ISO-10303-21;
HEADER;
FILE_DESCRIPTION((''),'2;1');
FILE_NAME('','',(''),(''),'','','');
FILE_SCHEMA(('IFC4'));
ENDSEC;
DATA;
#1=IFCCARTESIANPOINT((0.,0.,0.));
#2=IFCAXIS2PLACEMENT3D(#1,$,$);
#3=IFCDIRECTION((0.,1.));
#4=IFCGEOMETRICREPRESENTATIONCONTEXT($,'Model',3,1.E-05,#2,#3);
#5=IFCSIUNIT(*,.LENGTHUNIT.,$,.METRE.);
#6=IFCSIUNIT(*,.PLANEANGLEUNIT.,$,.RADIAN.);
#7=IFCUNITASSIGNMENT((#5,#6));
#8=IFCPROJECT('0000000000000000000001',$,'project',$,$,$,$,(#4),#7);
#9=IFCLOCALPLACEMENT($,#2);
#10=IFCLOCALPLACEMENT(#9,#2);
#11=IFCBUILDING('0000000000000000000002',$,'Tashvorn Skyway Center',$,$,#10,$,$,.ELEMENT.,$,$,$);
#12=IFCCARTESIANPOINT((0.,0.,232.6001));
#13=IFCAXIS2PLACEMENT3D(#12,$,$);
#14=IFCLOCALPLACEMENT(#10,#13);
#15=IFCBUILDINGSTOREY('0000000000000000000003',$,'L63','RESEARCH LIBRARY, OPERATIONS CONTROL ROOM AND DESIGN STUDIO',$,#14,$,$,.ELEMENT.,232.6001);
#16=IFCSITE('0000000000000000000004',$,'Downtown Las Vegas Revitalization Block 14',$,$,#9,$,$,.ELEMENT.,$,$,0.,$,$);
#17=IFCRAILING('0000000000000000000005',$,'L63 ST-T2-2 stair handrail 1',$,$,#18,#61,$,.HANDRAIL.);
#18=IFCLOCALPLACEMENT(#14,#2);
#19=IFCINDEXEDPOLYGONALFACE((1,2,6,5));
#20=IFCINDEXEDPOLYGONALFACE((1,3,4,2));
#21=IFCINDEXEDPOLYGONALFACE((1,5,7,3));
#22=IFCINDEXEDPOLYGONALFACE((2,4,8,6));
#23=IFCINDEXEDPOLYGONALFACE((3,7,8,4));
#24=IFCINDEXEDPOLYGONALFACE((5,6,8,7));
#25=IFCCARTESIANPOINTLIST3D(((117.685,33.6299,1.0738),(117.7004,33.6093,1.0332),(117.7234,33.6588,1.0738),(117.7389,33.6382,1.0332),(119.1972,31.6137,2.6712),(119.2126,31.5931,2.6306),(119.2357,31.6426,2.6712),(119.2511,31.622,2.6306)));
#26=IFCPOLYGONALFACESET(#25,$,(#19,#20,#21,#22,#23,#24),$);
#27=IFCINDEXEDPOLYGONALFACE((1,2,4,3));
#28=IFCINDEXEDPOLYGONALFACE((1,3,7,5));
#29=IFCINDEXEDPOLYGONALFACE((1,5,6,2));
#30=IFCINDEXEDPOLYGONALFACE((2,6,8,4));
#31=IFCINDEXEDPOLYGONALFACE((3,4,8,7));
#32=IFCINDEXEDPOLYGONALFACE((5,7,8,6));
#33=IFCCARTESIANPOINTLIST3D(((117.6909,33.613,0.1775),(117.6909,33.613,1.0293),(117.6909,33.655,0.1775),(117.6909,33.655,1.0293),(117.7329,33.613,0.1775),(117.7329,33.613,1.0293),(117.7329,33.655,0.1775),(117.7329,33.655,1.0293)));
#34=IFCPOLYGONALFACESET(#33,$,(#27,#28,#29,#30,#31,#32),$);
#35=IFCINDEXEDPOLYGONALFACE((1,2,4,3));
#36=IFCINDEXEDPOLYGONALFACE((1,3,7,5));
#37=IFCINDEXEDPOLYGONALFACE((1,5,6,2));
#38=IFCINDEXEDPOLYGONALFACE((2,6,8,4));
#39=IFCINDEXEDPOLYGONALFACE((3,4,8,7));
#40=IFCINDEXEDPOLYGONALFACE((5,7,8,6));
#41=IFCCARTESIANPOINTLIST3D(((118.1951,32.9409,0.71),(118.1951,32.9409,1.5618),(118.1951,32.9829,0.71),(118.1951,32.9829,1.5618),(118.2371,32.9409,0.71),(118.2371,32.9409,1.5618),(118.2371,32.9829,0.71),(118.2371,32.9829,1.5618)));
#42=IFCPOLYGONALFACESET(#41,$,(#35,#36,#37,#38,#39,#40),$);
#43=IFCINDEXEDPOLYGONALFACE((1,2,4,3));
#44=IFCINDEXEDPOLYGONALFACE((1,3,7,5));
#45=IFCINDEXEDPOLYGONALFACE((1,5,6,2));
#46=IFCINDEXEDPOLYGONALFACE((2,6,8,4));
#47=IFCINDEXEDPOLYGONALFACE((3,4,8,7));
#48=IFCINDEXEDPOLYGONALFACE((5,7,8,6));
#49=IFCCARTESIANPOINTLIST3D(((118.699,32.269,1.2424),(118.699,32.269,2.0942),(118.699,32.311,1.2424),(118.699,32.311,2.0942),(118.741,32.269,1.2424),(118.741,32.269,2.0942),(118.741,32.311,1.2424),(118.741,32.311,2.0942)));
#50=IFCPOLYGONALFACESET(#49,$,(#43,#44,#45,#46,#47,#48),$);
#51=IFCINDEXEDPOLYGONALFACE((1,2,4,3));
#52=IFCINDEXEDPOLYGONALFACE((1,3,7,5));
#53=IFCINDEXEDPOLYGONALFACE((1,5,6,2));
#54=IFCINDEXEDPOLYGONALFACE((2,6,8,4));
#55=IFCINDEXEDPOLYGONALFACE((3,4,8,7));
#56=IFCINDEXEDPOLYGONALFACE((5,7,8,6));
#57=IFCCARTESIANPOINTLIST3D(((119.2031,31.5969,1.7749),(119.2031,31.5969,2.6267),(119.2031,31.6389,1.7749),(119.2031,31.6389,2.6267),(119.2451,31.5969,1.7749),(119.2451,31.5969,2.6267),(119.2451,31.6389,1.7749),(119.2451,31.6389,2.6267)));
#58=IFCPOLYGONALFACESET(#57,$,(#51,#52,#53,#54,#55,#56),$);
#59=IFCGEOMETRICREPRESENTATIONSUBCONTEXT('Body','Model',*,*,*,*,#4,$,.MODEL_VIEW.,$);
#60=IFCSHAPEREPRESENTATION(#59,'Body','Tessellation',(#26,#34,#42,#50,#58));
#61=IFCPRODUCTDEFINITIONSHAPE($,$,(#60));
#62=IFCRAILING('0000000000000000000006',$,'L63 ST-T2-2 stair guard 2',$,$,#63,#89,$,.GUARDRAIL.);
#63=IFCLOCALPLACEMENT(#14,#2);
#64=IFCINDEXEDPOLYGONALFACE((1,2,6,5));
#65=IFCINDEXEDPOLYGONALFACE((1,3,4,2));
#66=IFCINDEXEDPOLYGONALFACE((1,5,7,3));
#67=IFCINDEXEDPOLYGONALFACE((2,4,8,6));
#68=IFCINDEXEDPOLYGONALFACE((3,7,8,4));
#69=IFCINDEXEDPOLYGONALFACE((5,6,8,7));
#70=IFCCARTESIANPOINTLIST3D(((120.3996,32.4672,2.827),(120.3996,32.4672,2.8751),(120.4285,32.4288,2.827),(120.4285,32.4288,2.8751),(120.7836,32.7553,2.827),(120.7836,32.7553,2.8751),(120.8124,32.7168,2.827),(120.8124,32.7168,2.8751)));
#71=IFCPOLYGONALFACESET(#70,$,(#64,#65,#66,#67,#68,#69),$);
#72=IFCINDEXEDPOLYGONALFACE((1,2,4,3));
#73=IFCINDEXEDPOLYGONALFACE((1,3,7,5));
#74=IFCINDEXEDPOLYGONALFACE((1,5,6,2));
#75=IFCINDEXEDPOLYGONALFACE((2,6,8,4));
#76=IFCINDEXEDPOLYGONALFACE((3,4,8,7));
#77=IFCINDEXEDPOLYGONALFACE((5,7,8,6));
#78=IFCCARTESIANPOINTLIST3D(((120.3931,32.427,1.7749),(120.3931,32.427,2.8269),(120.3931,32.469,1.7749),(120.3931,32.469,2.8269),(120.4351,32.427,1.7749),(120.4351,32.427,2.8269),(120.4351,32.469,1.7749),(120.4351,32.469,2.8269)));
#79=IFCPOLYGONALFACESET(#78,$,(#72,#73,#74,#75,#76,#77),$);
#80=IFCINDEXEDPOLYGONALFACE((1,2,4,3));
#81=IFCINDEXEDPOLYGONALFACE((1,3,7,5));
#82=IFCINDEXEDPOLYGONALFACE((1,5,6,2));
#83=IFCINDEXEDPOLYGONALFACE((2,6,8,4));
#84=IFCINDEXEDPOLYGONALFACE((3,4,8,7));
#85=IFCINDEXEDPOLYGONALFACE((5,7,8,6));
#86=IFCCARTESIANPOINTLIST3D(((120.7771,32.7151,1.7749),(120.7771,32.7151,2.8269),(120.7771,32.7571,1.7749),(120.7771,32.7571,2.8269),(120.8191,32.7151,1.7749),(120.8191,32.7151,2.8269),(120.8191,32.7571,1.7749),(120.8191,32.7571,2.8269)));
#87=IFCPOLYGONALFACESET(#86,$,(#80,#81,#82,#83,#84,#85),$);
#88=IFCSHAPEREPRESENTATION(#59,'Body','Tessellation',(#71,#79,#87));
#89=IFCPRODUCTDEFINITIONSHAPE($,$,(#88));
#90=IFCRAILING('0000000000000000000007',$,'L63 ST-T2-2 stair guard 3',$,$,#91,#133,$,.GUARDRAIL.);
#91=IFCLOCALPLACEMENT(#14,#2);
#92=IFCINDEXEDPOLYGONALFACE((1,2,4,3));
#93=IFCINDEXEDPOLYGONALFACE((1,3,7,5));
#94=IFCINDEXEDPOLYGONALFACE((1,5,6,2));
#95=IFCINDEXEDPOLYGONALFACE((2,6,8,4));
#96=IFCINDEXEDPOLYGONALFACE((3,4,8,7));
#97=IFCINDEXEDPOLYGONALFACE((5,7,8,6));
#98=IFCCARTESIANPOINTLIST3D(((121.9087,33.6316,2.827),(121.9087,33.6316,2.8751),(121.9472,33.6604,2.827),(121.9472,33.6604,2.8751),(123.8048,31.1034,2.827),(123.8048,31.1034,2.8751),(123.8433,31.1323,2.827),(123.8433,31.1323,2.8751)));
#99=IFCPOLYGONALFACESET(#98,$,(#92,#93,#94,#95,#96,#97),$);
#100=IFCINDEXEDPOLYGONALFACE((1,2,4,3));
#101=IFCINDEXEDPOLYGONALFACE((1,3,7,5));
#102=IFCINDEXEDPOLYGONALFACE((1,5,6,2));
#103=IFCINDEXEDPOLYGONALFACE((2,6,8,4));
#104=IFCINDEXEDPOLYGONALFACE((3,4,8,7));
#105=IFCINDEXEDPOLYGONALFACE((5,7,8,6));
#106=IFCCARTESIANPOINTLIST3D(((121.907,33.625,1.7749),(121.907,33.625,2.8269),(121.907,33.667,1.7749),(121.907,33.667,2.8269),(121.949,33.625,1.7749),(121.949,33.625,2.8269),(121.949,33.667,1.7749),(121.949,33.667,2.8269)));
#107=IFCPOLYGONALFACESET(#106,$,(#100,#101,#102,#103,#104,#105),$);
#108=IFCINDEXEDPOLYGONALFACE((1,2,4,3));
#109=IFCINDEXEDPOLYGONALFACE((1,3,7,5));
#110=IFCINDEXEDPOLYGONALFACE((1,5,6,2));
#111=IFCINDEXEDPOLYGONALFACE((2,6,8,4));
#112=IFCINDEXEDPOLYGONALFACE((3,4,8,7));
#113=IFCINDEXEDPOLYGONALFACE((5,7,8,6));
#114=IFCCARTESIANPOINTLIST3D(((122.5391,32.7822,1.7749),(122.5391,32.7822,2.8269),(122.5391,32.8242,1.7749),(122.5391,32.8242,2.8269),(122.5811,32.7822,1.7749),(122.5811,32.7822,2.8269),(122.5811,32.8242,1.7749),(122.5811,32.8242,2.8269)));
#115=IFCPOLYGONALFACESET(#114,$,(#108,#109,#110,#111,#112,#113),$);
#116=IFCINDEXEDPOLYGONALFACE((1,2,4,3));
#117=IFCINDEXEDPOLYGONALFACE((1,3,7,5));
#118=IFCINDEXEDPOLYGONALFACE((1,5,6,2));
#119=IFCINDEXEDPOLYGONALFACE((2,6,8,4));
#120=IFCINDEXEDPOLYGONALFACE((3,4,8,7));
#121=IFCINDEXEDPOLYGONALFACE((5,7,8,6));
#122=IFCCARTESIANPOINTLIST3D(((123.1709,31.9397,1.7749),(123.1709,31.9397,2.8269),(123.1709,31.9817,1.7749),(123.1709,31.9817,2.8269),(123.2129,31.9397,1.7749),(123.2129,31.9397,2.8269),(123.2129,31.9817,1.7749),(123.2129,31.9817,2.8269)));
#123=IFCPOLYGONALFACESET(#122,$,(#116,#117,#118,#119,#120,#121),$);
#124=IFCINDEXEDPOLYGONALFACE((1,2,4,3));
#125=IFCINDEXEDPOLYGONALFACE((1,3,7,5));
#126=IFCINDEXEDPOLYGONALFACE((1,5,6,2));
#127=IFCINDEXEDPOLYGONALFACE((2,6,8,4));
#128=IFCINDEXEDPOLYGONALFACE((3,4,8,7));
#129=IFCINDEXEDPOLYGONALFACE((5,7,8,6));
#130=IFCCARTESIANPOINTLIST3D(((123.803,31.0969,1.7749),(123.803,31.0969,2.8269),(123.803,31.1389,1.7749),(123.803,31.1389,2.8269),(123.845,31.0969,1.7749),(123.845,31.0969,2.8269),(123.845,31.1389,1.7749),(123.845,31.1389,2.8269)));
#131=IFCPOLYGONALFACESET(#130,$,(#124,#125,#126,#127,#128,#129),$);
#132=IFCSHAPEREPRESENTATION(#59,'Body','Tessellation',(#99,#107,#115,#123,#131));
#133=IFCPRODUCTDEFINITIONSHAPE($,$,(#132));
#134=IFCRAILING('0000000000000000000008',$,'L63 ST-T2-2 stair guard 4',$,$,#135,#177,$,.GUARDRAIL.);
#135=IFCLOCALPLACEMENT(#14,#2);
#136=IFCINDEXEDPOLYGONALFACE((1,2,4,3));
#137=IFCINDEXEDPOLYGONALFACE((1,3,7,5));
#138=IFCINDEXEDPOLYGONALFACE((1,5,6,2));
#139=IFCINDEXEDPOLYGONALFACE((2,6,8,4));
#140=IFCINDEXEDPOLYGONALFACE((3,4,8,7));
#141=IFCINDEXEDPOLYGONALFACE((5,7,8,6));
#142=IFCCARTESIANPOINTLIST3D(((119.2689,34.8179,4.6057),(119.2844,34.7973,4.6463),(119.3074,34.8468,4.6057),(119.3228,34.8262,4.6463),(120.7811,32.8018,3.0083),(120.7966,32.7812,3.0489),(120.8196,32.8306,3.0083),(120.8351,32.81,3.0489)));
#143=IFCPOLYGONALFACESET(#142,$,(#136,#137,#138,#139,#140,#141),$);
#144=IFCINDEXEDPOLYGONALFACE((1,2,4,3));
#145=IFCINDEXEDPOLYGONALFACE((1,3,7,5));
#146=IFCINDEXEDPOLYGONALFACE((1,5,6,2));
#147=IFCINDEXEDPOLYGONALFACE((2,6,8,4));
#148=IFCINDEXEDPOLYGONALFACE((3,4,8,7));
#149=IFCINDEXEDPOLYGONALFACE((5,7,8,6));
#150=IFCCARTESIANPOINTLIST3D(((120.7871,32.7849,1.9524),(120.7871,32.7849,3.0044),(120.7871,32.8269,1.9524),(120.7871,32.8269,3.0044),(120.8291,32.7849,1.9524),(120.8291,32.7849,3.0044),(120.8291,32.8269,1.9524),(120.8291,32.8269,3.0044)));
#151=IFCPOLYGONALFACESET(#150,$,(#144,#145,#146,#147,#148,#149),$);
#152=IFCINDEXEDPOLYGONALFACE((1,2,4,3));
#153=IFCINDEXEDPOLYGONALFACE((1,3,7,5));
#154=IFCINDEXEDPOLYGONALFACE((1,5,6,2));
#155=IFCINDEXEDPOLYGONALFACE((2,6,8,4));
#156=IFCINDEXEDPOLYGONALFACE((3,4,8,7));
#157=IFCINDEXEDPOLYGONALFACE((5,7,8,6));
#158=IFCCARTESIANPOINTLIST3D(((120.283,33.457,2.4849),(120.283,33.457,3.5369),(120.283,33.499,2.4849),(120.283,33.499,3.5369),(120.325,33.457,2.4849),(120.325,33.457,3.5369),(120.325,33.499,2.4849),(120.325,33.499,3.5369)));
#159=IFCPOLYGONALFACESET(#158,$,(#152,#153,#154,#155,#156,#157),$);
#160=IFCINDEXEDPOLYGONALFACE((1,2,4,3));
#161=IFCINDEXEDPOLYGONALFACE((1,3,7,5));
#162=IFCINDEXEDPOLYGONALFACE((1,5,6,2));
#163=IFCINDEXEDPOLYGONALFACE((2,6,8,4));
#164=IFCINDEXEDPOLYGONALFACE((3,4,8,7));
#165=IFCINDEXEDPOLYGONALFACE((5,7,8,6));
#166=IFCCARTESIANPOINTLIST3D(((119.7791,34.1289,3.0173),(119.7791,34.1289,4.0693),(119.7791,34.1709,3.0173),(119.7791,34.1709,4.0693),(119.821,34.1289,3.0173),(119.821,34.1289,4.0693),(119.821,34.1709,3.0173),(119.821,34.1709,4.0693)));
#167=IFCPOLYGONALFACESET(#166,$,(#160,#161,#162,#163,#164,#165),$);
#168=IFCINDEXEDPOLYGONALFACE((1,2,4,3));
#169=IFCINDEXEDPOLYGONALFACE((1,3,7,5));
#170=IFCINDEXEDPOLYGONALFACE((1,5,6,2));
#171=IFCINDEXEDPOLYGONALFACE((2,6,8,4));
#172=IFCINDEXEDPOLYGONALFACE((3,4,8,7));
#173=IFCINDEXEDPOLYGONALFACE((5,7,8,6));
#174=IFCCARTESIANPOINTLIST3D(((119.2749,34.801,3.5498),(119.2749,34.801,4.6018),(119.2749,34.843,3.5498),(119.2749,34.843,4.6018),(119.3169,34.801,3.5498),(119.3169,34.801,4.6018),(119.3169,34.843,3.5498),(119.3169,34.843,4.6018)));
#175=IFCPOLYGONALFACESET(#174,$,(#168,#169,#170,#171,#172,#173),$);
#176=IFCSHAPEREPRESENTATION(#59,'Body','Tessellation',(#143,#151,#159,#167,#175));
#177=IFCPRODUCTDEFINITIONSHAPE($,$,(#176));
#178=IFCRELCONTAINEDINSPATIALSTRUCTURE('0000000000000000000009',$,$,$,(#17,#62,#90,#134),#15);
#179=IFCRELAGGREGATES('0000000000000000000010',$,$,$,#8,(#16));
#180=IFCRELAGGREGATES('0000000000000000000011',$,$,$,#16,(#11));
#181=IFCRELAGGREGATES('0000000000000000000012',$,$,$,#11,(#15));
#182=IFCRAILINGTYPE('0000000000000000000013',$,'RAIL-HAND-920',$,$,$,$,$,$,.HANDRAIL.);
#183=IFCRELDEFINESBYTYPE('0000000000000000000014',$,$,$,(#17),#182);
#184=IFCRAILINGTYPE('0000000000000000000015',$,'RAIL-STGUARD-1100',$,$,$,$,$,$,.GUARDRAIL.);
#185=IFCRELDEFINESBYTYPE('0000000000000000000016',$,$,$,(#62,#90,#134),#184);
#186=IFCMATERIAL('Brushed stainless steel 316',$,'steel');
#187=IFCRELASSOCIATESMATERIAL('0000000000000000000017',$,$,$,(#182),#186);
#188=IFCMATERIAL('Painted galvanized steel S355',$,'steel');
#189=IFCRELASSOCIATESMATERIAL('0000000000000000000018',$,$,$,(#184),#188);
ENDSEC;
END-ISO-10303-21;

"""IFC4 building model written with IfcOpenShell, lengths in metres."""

from ifc_helpers import new_model, si_unit, direction, frame, origin, origin_2d, place, context, subcontext, project, spatial, rectangle, extrude, material, type_object, element, save


model = new_model("IFC4")

# Units and contexts
model_context = context("Model", 3, precision=1e-05, world=origin(), true_north=direction((0.0, 1.0)))
body_context = subcontext(model_context, "Body", "Model", "MODEL_VIEW")
ifc_project = project(units=[si_unit("LENGTHUNIT", "METRE"), si_unit("PLANEANGLEUNIT", "RADIAN")], contexts=[model_context])

# Site, building, storey
site_placement = place(None, origin())
site = spatial("IfcSite", under=ifc_project, at=site_placement, Name="Downtown Las Vegas Revitalization Block 14", CompositionType="ELEMENT", RefElevation=0.0)
building_placement = place(site_placement, origin())
building = spatial("IfcBuilding", under=site, at=building_placement, Name="Tashvorn Skyway Center", CompositionType="ELEMENT")
storey_placement = place(building_placement, frame((0.0, 0.0, 232.6001)))
storey = spatial("IfcBuildingStorey", under=building, at=storey_placement, Name="L63", Description="RESEARCH LIBRARY, OPERATIONS CONTROL ROOM AND DESIGN STUDIO", CompositionType="ELEMENT", Elevation=232.6001)

# Railings
ifc_material_1 = material(Name="Brushed stainless steel 316", Category="steel")
railing_type_1 = type_object("IfcRailingType", Name="RAIL-HAND-920", PredefinedType="HANDRAIL", material=ifc_material_1)
railing_1_placement = place(storey_placement, frame((117.7119, 33.634, 0.1775)))
element("IfcRailing", 1, at=railing_1_placement, inside=storey, type_object=railing_type_1, Name="L63 ST-T2-2 stair handrail 1", PredefinedType="HANDRAIL", context=body_context, shape_type="SweptSolid", body=[
    extrude(rectangle(XDim=0.0481, YDim=0.0481, at=origin_2d()), frame((0.0, 0.0, 0.876), z_axis=(0.506802, -0.675681, 0.535357), x_axis=(0.799977, 0.600031, 0.0)), (0.0, 0.0, 1.0), 2.9839),
    extrude(rectangle(XDim=0.042, YDim=0.042, at=origin_2d()), origin(), (0.0, 0.0, 1.0), 0.8518),
    extrude(rectangle(XDim=0.042, YDim=0.042, at=origin_2d()), frame((0.5042, -0.6721, 0.5325)), (0.0, 0.0, 1.0), 0.8518),
    extrude(rectangle(XDim=0.042, YDim=0.042, at=origin_2d()), frame((1.0081, -1.344, 1.0649)), (0.0, 0.0, 1.0), 0.8518),
    extrude(rectangle(XDim=0.042, YDim=0.042, at=origin_2d()), frame((1.5122, -2.0161, 1.5974)), (0.0, 0.0, 1.0), 0.8518),
])
ifc_material_2 = material(Name="Painted galvanized steel S355", Category="steel")
railing_type_2 = type_object("IfcRailingType", Name="RAIL-STGUARD-1100", PredefinedType="GUARDRAIL", material=ifc_material_2)
railing_2_placement = place(storey_placement, frame((120.4141, 32.448, 1.7749)))
element("IfcRailing", 2, at=railing_2_placement, inside=storey, type_object=railing_type_2, Name="L63 ST-T2-2 stair guard 2", PredefinedType="GUARDRAIL", context=body_context, shape_type="SweptSolid", body=[
    extrude(rectangle(XDim=0.0481, YDim=0.0481, at=origin_2d()), frame((0.0, 0.0, 1.0762), z_axis=(0.799939, 0.600081, 0.0), x_axis=(-0.600081, 0.799939, 0.0)), (0.0, 0.0, 1.0), 0.48),
    extrude(rectangle(XDim=0.042, YDim=0.042, at=origin_2d()), origin(), (0.0, 0.0, 1.0), 1.052),
    extrude(rectangle(XDim=0.042, YDim=0.042, at=origin_2d()), frame((0.384, 0.2881, 0.0)), (0.0, 0.0, 1.0), 1.052),
])
railing_3_placement = place(storey_placement, frame((121.928, 33.646, 1.7749)))
element("IfcRailing", 3, at=railing_3_placement, inside=storey, type_object=railing_type_2, Name="L63 ST-T2-2 stair guard 3", PredefinedType="GUARDRAIL", context=body_context, shape_type="SweptSolid", body=[
    extrude(rectangle(XDim=0.0481, YDim=0.0481, at=origin_2d()), frame((0.0, 0.0, 1.0762), z_axis=(0.599988, -0.800009, 0.0), x_axis=(0.800009, 0.599988, 0.0)), (0.0, 0.0, 1.0), 3.1602),
    extrude(rectangle(XDim=0.042, YDim=0.042, at=origin_2d()), origin(), (0.0, 0.0, 1.0), 1.052),
    extrude(rectangle(XDim=0.042, YDim=0.042, at=origin_2d()), frame((0.6321, -0.8428, 0.0)), (0.0, 0.0, 1.0), 1.052),
    extrude(rectangle(XDim=0.042, YDim=0.042, at=origin_2d()), frame((1.2639, -1.6853, 0.0)), (0.0, 0.0, 1.0), 1.052),
    extrude(rectangle(XDim=0.042, YDim=0.042, at=origin_2d()), frame((1.896, -2.5281, 0.0)), (0.0, 0.0, 1.0), 1.052),
])
railing_4_placement = place(storey_placement, frame((120.8081, 32.8059, 1.9524)))
element("IfcRailing", 4, at=railing_4_placement, inside=storey, type_object=railing_type_2, Name="L63 ST-T2-2 stair guard 4", PredefinedType="GUARDRAIL", context=body_context, shape_type="SweptSolid", body=[
    extrude(rectangle(XDim=0.0481, YDim=0.0481, at=origin_2d()), frame((0.0, 0.0, 1.0762), z_axis=(-0.506802, 0.675681, 0.535357), x_axis=(-0.799977, -0.600031, 0.0)), (0.0, 0.0, 1.0), 2.9839),
    extrude(rectangle(XDim=0.042, YDim=0.042, at=origin_2d()), origin(), (0.0, 0.0, 1.0), 1.052),
    extrude(rectangle(XDim=0.042, YDim=0.042, at=origin_2d()), frame((-0.5042, 0.6721, 0.5325)), (0.0, 0.0, 1.0), 1.052),
    extrude(rectangle(XDim=0.042, YDim=0.042, at=origin_2d()), frame((-1.0081, 1.344, 1.0649)), (0.0, 0.0, 1.0), 1.052),
    extrude(rectangle(XDim=0.042, YDim=0.042, at=origin_2d()), frame((-1.5122, 2.0161, 1.5974)), (0.0, 0.0, 1.0), 1.052),
])

save(model, "model.ifc")
